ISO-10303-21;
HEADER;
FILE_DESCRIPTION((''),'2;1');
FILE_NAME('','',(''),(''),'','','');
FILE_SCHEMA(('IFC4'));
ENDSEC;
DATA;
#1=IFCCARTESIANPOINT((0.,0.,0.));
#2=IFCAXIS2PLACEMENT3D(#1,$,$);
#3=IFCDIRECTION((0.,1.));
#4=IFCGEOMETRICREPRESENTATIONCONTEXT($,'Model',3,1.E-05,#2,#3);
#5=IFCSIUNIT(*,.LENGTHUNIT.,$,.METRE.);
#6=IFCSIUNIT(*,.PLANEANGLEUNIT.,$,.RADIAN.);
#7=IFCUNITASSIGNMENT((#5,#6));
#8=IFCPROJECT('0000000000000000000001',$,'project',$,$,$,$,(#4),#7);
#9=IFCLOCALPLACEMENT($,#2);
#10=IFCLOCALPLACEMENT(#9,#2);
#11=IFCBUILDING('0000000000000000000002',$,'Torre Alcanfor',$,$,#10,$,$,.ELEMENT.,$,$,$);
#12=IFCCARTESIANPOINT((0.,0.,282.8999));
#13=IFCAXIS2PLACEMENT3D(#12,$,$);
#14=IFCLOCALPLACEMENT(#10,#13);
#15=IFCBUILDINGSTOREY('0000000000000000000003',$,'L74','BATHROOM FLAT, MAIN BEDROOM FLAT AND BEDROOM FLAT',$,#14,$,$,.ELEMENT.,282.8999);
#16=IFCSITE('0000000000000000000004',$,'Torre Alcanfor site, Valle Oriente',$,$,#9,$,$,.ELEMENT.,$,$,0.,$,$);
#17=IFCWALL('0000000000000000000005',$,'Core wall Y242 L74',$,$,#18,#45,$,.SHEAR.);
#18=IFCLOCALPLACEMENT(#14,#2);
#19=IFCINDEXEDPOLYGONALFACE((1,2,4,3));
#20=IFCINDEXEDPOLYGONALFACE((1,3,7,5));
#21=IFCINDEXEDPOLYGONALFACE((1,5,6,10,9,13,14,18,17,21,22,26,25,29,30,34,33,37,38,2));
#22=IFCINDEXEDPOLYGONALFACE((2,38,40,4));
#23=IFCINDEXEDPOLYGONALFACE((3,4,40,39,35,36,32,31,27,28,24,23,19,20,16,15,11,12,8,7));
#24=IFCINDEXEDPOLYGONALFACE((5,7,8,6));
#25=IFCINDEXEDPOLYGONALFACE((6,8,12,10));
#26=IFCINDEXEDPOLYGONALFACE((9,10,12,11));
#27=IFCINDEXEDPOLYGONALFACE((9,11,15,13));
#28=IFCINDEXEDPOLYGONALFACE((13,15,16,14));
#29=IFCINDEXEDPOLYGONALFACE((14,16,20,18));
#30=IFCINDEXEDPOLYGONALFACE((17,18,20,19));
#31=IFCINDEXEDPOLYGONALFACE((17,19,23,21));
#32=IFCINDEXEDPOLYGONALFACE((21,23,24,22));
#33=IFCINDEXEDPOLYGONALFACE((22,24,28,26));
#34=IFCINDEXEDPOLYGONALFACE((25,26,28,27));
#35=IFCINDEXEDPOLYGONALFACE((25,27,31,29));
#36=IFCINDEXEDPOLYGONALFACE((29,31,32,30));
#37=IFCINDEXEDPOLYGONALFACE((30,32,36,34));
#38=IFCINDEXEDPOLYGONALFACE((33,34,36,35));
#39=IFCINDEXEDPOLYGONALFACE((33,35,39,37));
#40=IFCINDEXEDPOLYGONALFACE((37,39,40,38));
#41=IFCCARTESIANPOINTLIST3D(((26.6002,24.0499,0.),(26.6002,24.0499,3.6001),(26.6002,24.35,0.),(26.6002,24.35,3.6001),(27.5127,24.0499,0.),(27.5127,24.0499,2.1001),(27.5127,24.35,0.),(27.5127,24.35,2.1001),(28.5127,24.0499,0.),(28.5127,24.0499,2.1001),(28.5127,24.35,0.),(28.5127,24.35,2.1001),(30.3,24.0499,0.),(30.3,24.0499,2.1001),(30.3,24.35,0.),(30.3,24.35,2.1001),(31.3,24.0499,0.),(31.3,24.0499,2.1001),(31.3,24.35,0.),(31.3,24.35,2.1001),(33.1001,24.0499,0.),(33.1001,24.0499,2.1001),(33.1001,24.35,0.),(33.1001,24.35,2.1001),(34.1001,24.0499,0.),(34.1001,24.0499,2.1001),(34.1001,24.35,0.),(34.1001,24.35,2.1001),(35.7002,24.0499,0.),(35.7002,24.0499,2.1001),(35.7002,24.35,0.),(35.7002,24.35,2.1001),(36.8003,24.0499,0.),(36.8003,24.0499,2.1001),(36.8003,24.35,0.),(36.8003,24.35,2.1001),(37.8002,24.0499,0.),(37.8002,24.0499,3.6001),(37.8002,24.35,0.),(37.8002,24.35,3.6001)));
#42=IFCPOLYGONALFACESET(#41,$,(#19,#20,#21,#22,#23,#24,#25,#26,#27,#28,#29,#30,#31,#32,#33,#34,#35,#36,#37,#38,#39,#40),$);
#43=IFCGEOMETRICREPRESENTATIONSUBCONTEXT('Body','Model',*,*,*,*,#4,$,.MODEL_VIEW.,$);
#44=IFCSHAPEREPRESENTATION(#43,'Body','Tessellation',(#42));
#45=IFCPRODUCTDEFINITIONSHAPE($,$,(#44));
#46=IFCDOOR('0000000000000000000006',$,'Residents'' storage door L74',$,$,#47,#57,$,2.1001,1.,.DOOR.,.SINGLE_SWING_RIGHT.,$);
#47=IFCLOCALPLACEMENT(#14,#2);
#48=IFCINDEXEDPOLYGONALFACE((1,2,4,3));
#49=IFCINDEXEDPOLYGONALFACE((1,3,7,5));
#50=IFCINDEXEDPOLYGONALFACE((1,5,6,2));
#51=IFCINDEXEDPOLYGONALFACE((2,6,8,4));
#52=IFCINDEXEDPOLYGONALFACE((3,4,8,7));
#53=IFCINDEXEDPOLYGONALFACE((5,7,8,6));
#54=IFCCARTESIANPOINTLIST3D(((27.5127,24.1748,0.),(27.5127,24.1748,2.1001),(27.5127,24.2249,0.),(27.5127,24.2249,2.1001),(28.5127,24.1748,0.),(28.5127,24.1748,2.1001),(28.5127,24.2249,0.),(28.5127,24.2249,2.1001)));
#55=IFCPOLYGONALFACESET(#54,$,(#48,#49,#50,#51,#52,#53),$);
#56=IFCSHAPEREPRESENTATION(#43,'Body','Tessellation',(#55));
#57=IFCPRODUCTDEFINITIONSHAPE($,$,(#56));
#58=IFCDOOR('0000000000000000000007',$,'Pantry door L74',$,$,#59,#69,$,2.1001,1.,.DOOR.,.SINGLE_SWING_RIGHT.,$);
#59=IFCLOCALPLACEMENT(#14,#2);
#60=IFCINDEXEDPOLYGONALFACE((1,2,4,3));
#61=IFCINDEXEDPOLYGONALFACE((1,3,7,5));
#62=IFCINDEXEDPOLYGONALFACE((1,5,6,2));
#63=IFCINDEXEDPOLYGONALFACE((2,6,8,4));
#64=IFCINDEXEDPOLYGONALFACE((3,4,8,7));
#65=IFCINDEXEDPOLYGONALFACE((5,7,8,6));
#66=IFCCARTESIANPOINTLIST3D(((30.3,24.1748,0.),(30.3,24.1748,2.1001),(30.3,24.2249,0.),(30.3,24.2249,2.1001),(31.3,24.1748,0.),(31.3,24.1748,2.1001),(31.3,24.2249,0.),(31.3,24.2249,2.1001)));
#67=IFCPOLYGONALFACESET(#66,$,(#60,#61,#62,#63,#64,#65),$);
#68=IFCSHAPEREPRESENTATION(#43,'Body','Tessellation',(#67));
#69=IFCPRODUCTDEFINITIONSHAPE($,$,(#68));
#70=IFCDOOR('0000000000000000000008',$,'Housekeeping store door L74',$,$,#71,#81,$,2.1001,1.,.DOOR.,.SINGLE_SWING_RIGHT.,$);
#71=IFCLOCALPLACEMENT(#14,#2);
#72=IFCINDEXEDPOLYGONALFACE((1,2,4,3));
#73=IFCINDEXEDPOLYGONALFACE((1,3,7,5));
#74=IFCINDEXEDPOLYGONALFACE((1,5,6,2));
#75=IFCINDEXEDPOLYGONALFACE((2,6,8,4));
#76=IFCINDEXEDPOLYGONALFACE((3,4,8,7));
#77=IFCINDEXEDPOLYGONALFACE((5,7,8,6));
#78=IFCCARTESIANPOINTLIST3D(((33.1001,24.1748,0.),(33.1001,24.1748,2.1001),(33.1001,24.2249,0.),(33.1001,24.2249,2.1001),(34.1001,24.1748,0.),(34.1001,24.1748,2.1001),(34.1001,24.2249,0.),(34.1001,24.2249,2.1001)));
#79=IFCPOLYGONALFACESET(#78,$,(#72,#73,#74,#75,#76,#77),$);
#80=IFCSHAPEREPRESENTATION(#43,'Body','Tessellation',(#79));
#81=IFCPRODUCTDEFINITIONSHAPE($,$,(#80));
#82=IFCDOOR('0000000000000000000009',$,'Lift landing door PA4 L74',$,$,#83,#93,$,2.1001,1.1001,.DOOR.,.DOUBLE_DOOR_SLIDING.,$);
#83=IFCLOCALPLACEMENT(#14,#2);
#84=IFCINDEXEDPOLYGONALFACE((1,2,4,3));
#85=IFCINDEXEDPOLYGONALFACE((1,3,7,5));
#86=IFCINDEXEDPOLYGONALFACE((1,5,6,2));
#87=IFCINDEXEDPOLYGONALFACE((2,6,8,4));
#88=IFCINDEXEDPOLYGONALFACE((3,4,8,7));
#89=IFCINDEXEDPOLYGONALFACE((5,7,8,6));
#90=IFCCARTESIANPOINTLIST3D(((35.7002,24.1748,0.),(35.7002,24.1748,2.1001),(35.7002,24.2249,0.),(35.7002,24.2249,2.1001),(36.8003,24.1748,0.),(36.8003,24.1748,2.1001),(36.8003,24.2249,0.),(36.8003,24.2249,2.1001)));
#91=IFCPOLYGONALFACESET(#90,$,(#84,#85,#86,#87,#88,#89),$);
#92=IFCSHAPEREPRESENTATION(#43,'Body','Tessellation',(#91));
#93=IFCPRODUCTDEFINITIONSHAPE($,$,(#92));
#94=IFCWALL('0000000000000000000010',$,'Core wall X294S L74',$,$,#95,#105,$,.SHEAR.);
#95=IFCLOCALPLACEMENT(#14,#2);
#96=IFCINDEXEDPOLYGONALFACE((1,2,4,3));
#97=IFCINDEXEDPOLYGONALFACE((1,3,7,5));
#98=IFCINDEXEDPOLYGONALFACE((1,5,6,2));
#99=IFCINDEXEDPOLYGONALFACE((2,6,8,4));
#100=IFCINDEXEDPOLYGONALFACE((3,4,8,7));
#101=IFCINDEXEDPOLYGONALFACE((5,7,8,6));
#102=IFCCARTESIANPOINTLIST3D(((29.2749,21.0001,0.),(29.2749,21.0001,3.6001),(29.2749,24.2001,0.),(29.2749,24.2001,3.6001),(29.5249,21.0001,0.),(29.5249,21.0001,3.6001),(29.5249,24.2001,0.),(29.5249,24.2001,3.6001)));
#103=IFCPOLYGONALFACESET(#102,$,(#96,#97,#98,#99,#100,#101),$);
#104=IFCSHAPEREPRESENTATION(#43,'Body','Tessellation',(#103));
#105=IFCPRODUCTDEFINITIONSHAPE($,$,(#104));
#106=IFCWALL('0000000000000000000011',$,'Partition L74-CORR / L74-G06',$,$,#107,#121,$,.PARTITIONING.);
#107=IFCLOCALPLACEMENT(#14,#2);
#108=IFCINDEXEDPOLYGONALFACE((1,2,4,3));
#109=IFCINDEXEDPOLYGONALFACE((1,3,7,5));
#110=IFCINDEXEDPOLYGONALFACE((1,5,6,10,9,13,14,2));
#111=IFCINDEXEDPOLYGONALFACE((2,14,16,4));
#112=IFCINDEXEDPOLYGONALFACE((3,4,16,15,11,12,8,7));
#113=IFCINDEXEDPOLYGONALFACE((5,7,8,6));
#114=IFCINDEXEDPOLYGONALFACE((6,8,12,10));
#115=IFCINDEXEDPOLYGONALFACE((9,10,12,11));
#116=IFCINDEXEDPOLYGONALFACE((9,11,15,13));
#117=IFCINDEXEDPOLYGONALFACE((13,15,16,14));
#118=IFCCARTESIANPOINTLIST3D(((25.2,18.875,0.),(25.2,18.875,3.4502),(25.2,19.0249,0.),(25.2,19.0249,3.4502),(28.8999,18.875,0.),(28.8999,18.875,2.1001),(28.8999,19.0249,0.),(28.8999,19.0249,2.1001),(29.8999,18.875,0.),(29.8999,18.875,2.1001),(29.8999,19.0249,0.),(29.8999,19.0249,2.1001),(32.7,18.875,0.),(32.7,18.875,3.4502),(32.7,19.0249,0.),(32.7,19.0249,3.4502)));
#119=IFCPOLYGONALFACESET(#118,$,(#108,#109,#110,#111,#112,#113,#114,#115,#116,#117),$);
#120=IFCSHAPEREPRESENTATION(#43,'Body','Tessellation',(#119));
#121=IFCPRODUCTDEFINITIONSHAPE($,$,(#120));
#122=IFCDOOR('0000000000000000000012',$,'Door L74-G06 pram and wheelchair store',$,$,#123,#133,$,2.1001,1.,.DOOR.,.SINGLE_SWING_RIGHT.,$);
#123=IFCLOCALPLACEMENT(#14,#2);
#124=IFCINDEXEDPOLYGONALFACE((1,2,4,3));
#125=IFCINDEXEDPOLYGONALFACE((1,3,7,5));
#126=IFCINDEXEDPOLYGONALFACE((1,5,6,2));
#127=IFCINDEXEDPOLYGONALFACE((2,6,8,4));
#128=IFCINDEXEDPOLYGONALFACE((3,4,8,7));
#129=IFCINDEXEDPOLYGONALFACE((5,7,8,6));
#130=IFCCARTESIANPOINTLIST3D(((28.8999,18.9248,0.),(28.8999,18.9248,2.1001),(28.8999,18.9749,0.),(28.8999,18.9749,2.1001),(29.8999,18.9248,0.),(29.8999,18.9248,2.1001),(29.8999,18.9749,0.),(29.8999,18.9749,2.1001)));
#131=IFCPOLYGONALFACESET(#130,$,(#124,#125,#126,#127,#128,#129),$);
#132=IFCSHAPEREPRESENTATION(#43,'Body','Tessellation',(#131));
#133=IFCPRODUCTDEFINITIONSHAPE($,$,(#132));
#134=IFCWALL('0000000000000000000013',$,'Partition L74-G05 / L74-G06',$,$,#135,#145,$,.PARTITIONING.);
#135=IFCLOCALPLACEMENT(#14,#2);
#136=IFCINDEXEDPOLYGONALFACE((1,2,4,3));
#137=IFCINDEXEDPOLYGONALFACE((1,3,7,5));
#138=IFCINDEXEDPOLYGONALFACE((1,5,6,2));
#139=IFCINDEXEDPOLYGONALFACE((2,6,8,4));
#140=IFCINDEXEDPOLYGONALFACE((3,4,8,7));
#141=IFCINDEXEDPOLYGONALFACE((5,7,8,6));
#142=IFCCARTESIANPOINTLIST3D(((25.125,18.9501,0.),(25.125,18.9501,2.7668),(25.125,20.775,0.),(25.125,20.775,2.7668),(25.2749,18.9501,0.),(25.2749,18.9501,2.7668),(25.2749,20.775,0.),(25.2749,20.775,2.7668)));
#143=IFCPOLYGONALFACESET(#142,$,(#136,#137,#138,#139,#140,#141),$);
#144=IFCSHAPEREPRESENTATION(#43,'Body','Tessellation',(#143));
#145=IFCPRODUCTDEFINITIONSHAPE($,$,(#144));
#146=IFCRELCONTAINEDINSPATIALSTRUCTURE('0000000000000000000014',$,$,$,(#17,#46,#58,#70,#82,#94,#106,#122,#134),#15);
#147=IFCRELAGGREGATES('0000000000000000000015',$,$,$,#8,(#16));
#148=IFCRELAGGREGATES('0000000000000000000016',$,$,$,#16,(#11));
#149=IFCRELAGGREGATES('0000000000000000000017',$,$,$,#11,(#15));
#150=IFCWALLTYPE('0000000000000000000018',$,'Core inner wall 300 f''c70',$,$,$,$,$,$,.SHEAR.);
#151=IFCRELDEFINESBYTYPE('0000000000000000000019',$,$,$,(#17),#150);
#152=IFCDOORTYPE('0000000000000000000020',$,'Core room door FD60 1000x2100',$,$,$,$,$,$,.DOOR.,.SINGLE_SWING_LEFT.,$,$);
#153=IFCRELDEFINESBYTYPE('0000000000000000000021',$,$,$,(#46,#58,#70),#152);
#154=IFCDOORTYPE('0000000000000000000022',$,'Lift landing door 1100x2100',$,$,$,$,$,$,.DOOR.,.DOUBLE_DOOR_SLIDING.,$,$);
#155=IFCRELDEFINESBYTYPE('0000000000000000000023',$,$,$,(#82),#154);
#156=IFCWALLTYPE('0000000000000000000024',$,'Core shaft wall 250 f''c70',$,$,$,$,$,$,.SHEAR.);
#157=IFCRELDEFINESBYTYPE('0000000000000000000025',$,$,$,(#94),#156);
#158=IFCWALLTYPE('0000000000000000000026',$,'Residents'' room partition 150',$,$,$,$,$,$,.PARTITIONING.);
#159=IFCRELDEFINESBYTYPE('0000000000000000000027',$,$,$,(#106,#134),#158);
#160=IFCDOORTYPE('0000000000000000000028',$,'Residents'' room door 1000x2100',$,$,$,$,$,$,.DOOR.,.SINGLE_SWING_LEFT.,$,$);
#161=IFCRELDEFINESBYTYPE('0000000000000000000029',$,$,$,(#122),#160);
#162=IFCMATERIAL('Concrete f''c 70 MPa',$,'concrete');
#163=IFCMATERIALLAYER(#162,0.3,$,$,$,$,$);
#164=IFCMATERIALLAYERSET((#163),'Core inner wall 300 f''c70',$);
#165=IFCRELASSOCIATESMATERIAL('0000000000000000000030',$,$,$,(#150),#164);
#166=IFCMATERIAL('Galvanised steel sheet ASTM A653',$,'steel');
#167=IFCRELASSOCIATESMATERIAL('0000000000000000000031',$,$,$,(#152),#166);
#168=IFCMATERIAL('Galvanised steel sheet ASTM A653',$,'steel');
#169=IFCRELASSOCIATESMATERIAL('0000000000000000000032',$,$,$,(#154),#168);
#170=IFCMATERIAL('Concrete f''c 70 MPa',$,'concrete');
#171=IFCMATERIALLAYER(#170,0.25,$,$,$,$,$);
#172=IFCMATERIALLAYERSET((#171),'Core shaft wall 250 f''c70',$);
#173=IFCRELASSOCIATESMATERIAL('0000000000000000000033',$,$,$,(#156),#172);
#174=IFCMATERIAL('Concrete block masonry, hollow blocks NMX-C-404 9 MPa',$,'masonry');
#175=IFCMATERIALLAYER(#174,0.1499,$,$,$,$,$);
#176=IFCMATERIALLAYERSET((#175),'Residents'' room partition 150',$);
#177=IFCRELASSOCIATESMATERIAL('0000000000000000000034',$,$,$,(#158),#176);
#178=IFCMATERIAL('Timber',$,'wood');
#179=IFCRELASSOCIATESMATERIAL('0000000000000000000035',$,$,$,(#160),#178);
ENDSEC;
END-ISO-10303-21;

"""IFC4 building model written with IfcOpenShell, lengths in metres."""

from ifc_helpers import new_model, si_unit, direction, frame, frame_2d, origin, place, context, subcontext, project, spatial, rectangle, extrude, material, layer, layer_set, type_object, element, fill, save


model = new_model("IFC4")

# Units and contexts
model_context = context("Model", 3, precision=1e-05, world=origin(), true_north=direction((0.0, 1.0)))
body_context = subcontext(model_context, "Body", "Model", "MODEL_VIEW")
ifc_project = project(units=[si_unit("LENGTHUNIT", "METRE"), si_unit("PLANEANGLEUNIT", "RADIAN")], contexts=[model_context])

# Site, building, storey
site_placement = place(None, origin())
site = spatial("IfcSite", under=ifc_project, at=site_placement, Name="Torre Alcanfor site, Valle Oriente", CompositionType="ELEMENT", RefElevation=0.0)
building_placement = place(site_placement, origin())
building = spatial("IfcBuilding", under=site, at=building_placement, Name="Torre Alcanfor", CompositionType="ELEMENT")
storey_placement = place(building_placement, frame((0.0, 0.0, 282.8999)))
storey = spatial("IfcBuildingStorey", under=building, at=storey_placement, Name="L74", Description="BATHROOM FLAT, MAIN BEDROOM FLAT AND BEDROOM FLAT", CompositionType="ELEMENT", Elevation=282.8999)

# Shared definitions
ifc_material_1 = material(Name="Concrete f'c 70 MPa", Category="concrete")
ifc_layer_1 = layer(ifc_material_1, 0.3)
ifc_layer_set_1 = layer_set([ifc_layer_1], Name="Core inner wall 300 f'c70")
wall_type_1 = type_object("IfcWallType", Name="Core inner wall 300 f'c70", PredefinedType="SHEAR", material=ifc_layer_set_1)

# Wall, openings, doors
wall_1_placement = place(storey_placement, frame((26.6001, 24.2, 0.0), z_axis=(0.0, 0.0, 1.0), x_axis=(1.0, 0.0, 0.0)))
wall_1 = element("IfcWall", 1, at=wall_1_placement, inside=storey, type_object=wall_type_1, Name="Core wall Y242 L74", PredefinedType="SHEAR", context=body_context, shape_type="SweptSolid", body=[
    extrude(rectangle(XDim=11.2, YDim=0.3, at=frame_2d((5.6001, 0.0))), origin(), (0.0, 0.0, 1.0), 3.6001),
])
opening_1_placement = place(wall_1_placement, frame((0.9126, 0.0, 0.0)))
opening_1 = element("IfcOpeningElement", 2, at=opening_1_placement, cuts=wall_1, PredefinedType="OPENING", context=body_context, shape_type="SweptSolid", body=[
    extrude(rectangle(XDim=1.0, YDim=2.1001, at=frame_2d((0.5, 1.05))), frame((0.0, 0.1599, 0.0), z_axis=(0.0, -1.0, 0.0), x_axis=(1.0, 0.0, 0.0)), (0.0, 0.0, 1.0), 0.3201),
])
opening_2_placement = place(wall_1_placement, frame((3.7, 0.0, 0.0)))
opening_2 = element("IfcOpeningElement", 3, at=opening_2_placement, cuts=wall_1, PredefinedType="OPENING", context=body_context, shape_type="SweptSolid", body=[
    extrude(rectangle(XDim=1.0, YDim=2.1001, at=frame_2d((0.5, 1.05))), frame((0.0, 0.1599, 0.0), z_axis=(0.0, -1.0, 0.0), x_axis=(1.0, 0.0, 0.0)), (0.0, 0.0, 1.0), 0.3201),
])
opening_3_placement = place(wall_1_placement, frame((6.5, 0.0, 0.0)))
opening_3 = element("IfcOpeningElement", 4, at=opening_3_placement, cuts=wall_1, PredefinedType="OPENING", context=body_context, shape_type="SweptSolid", body=[
    extrude(rectangle(XDim=1.0, YDim=2.1001, at=frame_2d((0.5, 1.05))), frame((0.0, 0.1599, 0.0), z_axis=(0.0, -1.0, 0.0), x_axis=(1.0, 0.0, 0.0)), (0.0, 0.0, 1.0), 0.3201),
])
opening_4_placement = place(wall_1_placement, frame((9.1001, 0.0, 0.0)))
opening_4 = element("IfcOpeningElement", 5, at=opening_4_placement, cuts=wall_1, PredefinedType="OPENING", context=body_context, shape_type="SweptSolid", body=[
    extrude(rectangle(XDim=1.1001, YDim=2.1001, at=frame_2d((0.55, 1.05))), frame((0.0, 0.1599, 0.0), z_axis=(0.0, -1.0, 0.0), x_axis=(1.0, 0.0, 0.0)), (0.0, 0.0, 1.0), 0.3201),
])
ifc_material_2 = material(Name="Galvanised steel sheet ASTM A653", Category="steel")
door_type_1 = type_object("IfcDoorType", Name="Core room door FD60 1000x2100", OperationType="SINGLE_SWING_LEFT", PredefinedType="DOOR", material=ifc_material_2)
door_1_placement = place(opening_1_placement, frame((1.0, 0.0, 0.0), z_axis=(0.0, 0.0, 1.0), x_axis=(-1.0, 0.0, 0.0)))
door_1 = element("IfcDoor", 6, at=door_1_placement, inside=storey, type_object=door_type_1, Name="Residents' storage door L74", OperationType="SINGLE_SWING_RIGHT", OverallHeight=2.1001, OverallWidth=1.0, PredefinedType="DOOR", context=body_context, shape_type="SweptSolid", body=[
    extrude(rectangle(XDim=1.0, YDim=2.1001, at=frame_2d((0.5, 1.05))), frame((0.0, 0.0251, 0.0), z_axis=(0.0, -1.0, 0.0), x_axis=(1.0, 0.0, 0.0)), (0.0, 0.0, 1.0), 0.05),
])
fill(opening_1, door_1)
door_2_placement = place(opening_2_placement, frame((1.0, 0.0, 0.0), z_axis=(0.0, 0.0, 1.0), x_axis=(-1.0, 0.0, 0.0)))
door_2 = element("IfcDoor", 7, at=door_2_placement, inside=storey, type_object=door_type_1, Name="Pantry door L74", OperationType="SINGLE_SWING_RIGHT", OverallHeight=2.1001, OverallWidth=1.0, PredefinedType="DOOR", context=body_context, shape_type="SweptSolid", body=[
    extrude(rectangle(XDim=1.0, YDim=2.1001, at=frame_2d((0.5, 1.05))), frame((0.0, 0.0251, 0.0), z_axis=(0.0, -1.0, 0.0), x_axis=(1.0, 0.0, 0.0)), (0.0, 0.0, 1.0), 0.05),
])
fill(opening_2, door_2)
door_3_placement = place(opening_3_placement, frame((1.0, 0.0, 0.0), z_axis=(0.0, 0.0, 1.0), x_axis=(-1.0, 0.0, 0.0)))
door_3 = element("IfcDoor", 8, at=door_3_placement, inside=storey, type_object=door_type_1, Name="Housekeeping store door L74", OperationType="SINGLE_SWING_RIGHT", OverallHeight=2.1001, OverallWidth=1.0, PredefinedType="DOOR", context=body_context, shape_type="SweptSolid", body=[
    extrude(rectangle(XDim=1.0, YDim=2.1001, at=frame_2d((0.5, 1.05))), frame((0.0, 0.0251, 0.0), z_axis=(0.0, -1.0, 0.0), x_axis=(1.0, 0.0, 0.0)), (0.0, 0.0, 1.0), 0.05),
])
fill(opening_3, door_3)
ifc_material_3 = material(Name="Galvanised steel sheet ASTM A653", Category="steel")
door_type_2 = type_object("IfcDoorType", Name="Lift landing door 1100x2100", OperationType="DOUBLE_DOOR_SLIDING", PredefinedType="DOOR", material=ifc_material_3)
door_4_placement = place(opening_4_placement, origin())
door_4 = element("IfcDoor", 9, at=door_4_placement, inside=storey, type_object=door_type_2, Name="Lift landing door PA4 L74", OperationType="DOUBLE_DOOR_SLIDING", OverallHeight=2.1001, OverallWidth=1.1001, PredefinedType="DOOR", context=body_context, shape_type="SweptSolid", body=[
    extrude(rectangle(XDim=1.1001, YDim=2.1001, at=frame_2d((0.55, 1.05))), frame((0.0, 0.0249, 0.0), z_axis=(0.0, -1.0, 0.0), x_axis=(1.0, 0.0, 0.0)), (0.0, 0.0, 1.0), 0.05),
])
fill(opening_4, door_4)

# Wall
ifc_material_4 = material(Name="Concrete f'c 70 MPa", Category="concrete")
ifc_layer_2 = layer(ifc_material_4, 0.25)
ifc_layer_set_2 = layer_set([ifc_layer_2], Name="Core shaft wall 250 f'c70")
wall_type_2 = type_object("IfcWallType", Name="Core shaft wall 250 f'c70", PredefinedType="SHEAR", material=ifc_layer_set_2)
wall_2_placement = place(storey_placement, frame((29.3999, 21.0, 0.0), z_axis=(0.0, 0.0, 1.0), x_axis=(0.0, 1.0, 0.0)))
element("IfcWall", 10, at=wall_2_placement, inside=storey, type_object=wall_type_2, Name="Core wall X294S L74", PredefinedType="SHEAR", context=body_context, shape_type="SweptSolid", body=[
    extrude(rectangle(XDim=3.2, YDim=0.25, at=frame_2d((1.6001, 0.0))), origin(), (0.0, 0.0, 1.0), 3.6001),
])

# Wall, opening, door
ifc_material_5 = material(Name="Concrete block masonry, hollow blocks NMX-C-404 9 MPa", Category="masonry")
ifc_layer_3 = layer(ifc_material_5, 0.1499)
ifc_layer_set_3 = layer_set([ifc_layer_3], Name="Residents' room partition 150")
wall_type_3 = type_object("IfcWallType", Name="Residents' room partition 150", PredefinedType="PARTITIONING", material=ifc_layer_set_3)
wall_3_placement = place(storey_placement, frame((25.2, 18.95, 0.0), z_axis=(0.0, 0.0, 1.0), x_axis=(1.0, 0.0, 0.0)))
wall_3 = element("IfcWall", 11, at=wall_3_placement, inside=storey, type_object=wall_type_3, Name="Partition L74-CORR / L74-G06", PredefinedType="PARTITIONING", context=body_context, shape_type="SweptSolid", body=[
    extrude(rectangle(XDim=7.5, YDim=0.1499, at=frame_2d((3.75, 0.0))), origin(), (0.0, 0.0, 1.0), 3.4502),
])
opening_5_placement = place(wall_3_placement, frame((3.7, 0.0, 0.0)))
opening_5 = element("IfcOpeningElement", 12, at=opening_5_placement, cuts=wall_3, PredefinedType="OPENING", context=body_context, shape_type="SweptSolid", body=[
    extrude(rectangle(XDim=1.0, YDim=2.1001, at=frame_2d((0.5, 1.05))), frame((0.0, 0.085, 0.0), z_axis=(0.0, -1.0, 0.0), x_axis=(1.0, 0.0, 0.0)), (0.0, 0.0, 1.0), 0.1699),
])
ifc_material_6 = material(Name="Timber", Category="wood")
door_type_3 = type_object("IfcDoorType", Name="Residents' room door 1000x2100", OperationType="SINGLE_SWING_LEFT", PredefinedType="DOOR", material=ifc_material_6)
door_5_placement = place(opening_5_placement, origin())
door_5 = element("IfcDoor", 13, at=door_5_placement, inside=storey, type_object=door_type_3, Name="Door L74-G06 pram and wheelchair store", OperationType="SINGLE_SWING_RIGHT", OverallHeight=2.1001, OverallWidth=1.0, PredefinedType="DOOR", context=body_context, shape_type="SweptSolid", body=[
    extrude(rectangle(XDim=1.0, YDim=2.1001, at=frame_2d((0.5, 1.05))), frame((0.0, 0.0249, 0.0), z_axis=(0.0, -1.0, 0.0), x_axis=(1.0, 0.0, 0.0)), (0.0, 0.0, 1.0), 0.05),
])
fill(opening_5, door_5)

# Wall
wall_4_placement = place(storey_placement, frame((25.2, 18.95, 0.0), z_axis=(0.0, 0.0, 1.0), x_axis=(0.0, 1.0, 0.0)))
element("IfcWall", 14, at=wall_4_placement, inside=storey, type_object=wall_type_3, Name="Partition L74-G05 / L74-G06", PredefinedType="PARTITIONING", context=body_context, shape_type="SweptSolid", body=[
    extrude(rectangle(XDim=1.825, YDim=0.1499, at=frame_2d((0.9126, 0.0))), origin(), (0.0, 0.0, 1.0), 2.7668),
])

save(model, "model.ifc")
